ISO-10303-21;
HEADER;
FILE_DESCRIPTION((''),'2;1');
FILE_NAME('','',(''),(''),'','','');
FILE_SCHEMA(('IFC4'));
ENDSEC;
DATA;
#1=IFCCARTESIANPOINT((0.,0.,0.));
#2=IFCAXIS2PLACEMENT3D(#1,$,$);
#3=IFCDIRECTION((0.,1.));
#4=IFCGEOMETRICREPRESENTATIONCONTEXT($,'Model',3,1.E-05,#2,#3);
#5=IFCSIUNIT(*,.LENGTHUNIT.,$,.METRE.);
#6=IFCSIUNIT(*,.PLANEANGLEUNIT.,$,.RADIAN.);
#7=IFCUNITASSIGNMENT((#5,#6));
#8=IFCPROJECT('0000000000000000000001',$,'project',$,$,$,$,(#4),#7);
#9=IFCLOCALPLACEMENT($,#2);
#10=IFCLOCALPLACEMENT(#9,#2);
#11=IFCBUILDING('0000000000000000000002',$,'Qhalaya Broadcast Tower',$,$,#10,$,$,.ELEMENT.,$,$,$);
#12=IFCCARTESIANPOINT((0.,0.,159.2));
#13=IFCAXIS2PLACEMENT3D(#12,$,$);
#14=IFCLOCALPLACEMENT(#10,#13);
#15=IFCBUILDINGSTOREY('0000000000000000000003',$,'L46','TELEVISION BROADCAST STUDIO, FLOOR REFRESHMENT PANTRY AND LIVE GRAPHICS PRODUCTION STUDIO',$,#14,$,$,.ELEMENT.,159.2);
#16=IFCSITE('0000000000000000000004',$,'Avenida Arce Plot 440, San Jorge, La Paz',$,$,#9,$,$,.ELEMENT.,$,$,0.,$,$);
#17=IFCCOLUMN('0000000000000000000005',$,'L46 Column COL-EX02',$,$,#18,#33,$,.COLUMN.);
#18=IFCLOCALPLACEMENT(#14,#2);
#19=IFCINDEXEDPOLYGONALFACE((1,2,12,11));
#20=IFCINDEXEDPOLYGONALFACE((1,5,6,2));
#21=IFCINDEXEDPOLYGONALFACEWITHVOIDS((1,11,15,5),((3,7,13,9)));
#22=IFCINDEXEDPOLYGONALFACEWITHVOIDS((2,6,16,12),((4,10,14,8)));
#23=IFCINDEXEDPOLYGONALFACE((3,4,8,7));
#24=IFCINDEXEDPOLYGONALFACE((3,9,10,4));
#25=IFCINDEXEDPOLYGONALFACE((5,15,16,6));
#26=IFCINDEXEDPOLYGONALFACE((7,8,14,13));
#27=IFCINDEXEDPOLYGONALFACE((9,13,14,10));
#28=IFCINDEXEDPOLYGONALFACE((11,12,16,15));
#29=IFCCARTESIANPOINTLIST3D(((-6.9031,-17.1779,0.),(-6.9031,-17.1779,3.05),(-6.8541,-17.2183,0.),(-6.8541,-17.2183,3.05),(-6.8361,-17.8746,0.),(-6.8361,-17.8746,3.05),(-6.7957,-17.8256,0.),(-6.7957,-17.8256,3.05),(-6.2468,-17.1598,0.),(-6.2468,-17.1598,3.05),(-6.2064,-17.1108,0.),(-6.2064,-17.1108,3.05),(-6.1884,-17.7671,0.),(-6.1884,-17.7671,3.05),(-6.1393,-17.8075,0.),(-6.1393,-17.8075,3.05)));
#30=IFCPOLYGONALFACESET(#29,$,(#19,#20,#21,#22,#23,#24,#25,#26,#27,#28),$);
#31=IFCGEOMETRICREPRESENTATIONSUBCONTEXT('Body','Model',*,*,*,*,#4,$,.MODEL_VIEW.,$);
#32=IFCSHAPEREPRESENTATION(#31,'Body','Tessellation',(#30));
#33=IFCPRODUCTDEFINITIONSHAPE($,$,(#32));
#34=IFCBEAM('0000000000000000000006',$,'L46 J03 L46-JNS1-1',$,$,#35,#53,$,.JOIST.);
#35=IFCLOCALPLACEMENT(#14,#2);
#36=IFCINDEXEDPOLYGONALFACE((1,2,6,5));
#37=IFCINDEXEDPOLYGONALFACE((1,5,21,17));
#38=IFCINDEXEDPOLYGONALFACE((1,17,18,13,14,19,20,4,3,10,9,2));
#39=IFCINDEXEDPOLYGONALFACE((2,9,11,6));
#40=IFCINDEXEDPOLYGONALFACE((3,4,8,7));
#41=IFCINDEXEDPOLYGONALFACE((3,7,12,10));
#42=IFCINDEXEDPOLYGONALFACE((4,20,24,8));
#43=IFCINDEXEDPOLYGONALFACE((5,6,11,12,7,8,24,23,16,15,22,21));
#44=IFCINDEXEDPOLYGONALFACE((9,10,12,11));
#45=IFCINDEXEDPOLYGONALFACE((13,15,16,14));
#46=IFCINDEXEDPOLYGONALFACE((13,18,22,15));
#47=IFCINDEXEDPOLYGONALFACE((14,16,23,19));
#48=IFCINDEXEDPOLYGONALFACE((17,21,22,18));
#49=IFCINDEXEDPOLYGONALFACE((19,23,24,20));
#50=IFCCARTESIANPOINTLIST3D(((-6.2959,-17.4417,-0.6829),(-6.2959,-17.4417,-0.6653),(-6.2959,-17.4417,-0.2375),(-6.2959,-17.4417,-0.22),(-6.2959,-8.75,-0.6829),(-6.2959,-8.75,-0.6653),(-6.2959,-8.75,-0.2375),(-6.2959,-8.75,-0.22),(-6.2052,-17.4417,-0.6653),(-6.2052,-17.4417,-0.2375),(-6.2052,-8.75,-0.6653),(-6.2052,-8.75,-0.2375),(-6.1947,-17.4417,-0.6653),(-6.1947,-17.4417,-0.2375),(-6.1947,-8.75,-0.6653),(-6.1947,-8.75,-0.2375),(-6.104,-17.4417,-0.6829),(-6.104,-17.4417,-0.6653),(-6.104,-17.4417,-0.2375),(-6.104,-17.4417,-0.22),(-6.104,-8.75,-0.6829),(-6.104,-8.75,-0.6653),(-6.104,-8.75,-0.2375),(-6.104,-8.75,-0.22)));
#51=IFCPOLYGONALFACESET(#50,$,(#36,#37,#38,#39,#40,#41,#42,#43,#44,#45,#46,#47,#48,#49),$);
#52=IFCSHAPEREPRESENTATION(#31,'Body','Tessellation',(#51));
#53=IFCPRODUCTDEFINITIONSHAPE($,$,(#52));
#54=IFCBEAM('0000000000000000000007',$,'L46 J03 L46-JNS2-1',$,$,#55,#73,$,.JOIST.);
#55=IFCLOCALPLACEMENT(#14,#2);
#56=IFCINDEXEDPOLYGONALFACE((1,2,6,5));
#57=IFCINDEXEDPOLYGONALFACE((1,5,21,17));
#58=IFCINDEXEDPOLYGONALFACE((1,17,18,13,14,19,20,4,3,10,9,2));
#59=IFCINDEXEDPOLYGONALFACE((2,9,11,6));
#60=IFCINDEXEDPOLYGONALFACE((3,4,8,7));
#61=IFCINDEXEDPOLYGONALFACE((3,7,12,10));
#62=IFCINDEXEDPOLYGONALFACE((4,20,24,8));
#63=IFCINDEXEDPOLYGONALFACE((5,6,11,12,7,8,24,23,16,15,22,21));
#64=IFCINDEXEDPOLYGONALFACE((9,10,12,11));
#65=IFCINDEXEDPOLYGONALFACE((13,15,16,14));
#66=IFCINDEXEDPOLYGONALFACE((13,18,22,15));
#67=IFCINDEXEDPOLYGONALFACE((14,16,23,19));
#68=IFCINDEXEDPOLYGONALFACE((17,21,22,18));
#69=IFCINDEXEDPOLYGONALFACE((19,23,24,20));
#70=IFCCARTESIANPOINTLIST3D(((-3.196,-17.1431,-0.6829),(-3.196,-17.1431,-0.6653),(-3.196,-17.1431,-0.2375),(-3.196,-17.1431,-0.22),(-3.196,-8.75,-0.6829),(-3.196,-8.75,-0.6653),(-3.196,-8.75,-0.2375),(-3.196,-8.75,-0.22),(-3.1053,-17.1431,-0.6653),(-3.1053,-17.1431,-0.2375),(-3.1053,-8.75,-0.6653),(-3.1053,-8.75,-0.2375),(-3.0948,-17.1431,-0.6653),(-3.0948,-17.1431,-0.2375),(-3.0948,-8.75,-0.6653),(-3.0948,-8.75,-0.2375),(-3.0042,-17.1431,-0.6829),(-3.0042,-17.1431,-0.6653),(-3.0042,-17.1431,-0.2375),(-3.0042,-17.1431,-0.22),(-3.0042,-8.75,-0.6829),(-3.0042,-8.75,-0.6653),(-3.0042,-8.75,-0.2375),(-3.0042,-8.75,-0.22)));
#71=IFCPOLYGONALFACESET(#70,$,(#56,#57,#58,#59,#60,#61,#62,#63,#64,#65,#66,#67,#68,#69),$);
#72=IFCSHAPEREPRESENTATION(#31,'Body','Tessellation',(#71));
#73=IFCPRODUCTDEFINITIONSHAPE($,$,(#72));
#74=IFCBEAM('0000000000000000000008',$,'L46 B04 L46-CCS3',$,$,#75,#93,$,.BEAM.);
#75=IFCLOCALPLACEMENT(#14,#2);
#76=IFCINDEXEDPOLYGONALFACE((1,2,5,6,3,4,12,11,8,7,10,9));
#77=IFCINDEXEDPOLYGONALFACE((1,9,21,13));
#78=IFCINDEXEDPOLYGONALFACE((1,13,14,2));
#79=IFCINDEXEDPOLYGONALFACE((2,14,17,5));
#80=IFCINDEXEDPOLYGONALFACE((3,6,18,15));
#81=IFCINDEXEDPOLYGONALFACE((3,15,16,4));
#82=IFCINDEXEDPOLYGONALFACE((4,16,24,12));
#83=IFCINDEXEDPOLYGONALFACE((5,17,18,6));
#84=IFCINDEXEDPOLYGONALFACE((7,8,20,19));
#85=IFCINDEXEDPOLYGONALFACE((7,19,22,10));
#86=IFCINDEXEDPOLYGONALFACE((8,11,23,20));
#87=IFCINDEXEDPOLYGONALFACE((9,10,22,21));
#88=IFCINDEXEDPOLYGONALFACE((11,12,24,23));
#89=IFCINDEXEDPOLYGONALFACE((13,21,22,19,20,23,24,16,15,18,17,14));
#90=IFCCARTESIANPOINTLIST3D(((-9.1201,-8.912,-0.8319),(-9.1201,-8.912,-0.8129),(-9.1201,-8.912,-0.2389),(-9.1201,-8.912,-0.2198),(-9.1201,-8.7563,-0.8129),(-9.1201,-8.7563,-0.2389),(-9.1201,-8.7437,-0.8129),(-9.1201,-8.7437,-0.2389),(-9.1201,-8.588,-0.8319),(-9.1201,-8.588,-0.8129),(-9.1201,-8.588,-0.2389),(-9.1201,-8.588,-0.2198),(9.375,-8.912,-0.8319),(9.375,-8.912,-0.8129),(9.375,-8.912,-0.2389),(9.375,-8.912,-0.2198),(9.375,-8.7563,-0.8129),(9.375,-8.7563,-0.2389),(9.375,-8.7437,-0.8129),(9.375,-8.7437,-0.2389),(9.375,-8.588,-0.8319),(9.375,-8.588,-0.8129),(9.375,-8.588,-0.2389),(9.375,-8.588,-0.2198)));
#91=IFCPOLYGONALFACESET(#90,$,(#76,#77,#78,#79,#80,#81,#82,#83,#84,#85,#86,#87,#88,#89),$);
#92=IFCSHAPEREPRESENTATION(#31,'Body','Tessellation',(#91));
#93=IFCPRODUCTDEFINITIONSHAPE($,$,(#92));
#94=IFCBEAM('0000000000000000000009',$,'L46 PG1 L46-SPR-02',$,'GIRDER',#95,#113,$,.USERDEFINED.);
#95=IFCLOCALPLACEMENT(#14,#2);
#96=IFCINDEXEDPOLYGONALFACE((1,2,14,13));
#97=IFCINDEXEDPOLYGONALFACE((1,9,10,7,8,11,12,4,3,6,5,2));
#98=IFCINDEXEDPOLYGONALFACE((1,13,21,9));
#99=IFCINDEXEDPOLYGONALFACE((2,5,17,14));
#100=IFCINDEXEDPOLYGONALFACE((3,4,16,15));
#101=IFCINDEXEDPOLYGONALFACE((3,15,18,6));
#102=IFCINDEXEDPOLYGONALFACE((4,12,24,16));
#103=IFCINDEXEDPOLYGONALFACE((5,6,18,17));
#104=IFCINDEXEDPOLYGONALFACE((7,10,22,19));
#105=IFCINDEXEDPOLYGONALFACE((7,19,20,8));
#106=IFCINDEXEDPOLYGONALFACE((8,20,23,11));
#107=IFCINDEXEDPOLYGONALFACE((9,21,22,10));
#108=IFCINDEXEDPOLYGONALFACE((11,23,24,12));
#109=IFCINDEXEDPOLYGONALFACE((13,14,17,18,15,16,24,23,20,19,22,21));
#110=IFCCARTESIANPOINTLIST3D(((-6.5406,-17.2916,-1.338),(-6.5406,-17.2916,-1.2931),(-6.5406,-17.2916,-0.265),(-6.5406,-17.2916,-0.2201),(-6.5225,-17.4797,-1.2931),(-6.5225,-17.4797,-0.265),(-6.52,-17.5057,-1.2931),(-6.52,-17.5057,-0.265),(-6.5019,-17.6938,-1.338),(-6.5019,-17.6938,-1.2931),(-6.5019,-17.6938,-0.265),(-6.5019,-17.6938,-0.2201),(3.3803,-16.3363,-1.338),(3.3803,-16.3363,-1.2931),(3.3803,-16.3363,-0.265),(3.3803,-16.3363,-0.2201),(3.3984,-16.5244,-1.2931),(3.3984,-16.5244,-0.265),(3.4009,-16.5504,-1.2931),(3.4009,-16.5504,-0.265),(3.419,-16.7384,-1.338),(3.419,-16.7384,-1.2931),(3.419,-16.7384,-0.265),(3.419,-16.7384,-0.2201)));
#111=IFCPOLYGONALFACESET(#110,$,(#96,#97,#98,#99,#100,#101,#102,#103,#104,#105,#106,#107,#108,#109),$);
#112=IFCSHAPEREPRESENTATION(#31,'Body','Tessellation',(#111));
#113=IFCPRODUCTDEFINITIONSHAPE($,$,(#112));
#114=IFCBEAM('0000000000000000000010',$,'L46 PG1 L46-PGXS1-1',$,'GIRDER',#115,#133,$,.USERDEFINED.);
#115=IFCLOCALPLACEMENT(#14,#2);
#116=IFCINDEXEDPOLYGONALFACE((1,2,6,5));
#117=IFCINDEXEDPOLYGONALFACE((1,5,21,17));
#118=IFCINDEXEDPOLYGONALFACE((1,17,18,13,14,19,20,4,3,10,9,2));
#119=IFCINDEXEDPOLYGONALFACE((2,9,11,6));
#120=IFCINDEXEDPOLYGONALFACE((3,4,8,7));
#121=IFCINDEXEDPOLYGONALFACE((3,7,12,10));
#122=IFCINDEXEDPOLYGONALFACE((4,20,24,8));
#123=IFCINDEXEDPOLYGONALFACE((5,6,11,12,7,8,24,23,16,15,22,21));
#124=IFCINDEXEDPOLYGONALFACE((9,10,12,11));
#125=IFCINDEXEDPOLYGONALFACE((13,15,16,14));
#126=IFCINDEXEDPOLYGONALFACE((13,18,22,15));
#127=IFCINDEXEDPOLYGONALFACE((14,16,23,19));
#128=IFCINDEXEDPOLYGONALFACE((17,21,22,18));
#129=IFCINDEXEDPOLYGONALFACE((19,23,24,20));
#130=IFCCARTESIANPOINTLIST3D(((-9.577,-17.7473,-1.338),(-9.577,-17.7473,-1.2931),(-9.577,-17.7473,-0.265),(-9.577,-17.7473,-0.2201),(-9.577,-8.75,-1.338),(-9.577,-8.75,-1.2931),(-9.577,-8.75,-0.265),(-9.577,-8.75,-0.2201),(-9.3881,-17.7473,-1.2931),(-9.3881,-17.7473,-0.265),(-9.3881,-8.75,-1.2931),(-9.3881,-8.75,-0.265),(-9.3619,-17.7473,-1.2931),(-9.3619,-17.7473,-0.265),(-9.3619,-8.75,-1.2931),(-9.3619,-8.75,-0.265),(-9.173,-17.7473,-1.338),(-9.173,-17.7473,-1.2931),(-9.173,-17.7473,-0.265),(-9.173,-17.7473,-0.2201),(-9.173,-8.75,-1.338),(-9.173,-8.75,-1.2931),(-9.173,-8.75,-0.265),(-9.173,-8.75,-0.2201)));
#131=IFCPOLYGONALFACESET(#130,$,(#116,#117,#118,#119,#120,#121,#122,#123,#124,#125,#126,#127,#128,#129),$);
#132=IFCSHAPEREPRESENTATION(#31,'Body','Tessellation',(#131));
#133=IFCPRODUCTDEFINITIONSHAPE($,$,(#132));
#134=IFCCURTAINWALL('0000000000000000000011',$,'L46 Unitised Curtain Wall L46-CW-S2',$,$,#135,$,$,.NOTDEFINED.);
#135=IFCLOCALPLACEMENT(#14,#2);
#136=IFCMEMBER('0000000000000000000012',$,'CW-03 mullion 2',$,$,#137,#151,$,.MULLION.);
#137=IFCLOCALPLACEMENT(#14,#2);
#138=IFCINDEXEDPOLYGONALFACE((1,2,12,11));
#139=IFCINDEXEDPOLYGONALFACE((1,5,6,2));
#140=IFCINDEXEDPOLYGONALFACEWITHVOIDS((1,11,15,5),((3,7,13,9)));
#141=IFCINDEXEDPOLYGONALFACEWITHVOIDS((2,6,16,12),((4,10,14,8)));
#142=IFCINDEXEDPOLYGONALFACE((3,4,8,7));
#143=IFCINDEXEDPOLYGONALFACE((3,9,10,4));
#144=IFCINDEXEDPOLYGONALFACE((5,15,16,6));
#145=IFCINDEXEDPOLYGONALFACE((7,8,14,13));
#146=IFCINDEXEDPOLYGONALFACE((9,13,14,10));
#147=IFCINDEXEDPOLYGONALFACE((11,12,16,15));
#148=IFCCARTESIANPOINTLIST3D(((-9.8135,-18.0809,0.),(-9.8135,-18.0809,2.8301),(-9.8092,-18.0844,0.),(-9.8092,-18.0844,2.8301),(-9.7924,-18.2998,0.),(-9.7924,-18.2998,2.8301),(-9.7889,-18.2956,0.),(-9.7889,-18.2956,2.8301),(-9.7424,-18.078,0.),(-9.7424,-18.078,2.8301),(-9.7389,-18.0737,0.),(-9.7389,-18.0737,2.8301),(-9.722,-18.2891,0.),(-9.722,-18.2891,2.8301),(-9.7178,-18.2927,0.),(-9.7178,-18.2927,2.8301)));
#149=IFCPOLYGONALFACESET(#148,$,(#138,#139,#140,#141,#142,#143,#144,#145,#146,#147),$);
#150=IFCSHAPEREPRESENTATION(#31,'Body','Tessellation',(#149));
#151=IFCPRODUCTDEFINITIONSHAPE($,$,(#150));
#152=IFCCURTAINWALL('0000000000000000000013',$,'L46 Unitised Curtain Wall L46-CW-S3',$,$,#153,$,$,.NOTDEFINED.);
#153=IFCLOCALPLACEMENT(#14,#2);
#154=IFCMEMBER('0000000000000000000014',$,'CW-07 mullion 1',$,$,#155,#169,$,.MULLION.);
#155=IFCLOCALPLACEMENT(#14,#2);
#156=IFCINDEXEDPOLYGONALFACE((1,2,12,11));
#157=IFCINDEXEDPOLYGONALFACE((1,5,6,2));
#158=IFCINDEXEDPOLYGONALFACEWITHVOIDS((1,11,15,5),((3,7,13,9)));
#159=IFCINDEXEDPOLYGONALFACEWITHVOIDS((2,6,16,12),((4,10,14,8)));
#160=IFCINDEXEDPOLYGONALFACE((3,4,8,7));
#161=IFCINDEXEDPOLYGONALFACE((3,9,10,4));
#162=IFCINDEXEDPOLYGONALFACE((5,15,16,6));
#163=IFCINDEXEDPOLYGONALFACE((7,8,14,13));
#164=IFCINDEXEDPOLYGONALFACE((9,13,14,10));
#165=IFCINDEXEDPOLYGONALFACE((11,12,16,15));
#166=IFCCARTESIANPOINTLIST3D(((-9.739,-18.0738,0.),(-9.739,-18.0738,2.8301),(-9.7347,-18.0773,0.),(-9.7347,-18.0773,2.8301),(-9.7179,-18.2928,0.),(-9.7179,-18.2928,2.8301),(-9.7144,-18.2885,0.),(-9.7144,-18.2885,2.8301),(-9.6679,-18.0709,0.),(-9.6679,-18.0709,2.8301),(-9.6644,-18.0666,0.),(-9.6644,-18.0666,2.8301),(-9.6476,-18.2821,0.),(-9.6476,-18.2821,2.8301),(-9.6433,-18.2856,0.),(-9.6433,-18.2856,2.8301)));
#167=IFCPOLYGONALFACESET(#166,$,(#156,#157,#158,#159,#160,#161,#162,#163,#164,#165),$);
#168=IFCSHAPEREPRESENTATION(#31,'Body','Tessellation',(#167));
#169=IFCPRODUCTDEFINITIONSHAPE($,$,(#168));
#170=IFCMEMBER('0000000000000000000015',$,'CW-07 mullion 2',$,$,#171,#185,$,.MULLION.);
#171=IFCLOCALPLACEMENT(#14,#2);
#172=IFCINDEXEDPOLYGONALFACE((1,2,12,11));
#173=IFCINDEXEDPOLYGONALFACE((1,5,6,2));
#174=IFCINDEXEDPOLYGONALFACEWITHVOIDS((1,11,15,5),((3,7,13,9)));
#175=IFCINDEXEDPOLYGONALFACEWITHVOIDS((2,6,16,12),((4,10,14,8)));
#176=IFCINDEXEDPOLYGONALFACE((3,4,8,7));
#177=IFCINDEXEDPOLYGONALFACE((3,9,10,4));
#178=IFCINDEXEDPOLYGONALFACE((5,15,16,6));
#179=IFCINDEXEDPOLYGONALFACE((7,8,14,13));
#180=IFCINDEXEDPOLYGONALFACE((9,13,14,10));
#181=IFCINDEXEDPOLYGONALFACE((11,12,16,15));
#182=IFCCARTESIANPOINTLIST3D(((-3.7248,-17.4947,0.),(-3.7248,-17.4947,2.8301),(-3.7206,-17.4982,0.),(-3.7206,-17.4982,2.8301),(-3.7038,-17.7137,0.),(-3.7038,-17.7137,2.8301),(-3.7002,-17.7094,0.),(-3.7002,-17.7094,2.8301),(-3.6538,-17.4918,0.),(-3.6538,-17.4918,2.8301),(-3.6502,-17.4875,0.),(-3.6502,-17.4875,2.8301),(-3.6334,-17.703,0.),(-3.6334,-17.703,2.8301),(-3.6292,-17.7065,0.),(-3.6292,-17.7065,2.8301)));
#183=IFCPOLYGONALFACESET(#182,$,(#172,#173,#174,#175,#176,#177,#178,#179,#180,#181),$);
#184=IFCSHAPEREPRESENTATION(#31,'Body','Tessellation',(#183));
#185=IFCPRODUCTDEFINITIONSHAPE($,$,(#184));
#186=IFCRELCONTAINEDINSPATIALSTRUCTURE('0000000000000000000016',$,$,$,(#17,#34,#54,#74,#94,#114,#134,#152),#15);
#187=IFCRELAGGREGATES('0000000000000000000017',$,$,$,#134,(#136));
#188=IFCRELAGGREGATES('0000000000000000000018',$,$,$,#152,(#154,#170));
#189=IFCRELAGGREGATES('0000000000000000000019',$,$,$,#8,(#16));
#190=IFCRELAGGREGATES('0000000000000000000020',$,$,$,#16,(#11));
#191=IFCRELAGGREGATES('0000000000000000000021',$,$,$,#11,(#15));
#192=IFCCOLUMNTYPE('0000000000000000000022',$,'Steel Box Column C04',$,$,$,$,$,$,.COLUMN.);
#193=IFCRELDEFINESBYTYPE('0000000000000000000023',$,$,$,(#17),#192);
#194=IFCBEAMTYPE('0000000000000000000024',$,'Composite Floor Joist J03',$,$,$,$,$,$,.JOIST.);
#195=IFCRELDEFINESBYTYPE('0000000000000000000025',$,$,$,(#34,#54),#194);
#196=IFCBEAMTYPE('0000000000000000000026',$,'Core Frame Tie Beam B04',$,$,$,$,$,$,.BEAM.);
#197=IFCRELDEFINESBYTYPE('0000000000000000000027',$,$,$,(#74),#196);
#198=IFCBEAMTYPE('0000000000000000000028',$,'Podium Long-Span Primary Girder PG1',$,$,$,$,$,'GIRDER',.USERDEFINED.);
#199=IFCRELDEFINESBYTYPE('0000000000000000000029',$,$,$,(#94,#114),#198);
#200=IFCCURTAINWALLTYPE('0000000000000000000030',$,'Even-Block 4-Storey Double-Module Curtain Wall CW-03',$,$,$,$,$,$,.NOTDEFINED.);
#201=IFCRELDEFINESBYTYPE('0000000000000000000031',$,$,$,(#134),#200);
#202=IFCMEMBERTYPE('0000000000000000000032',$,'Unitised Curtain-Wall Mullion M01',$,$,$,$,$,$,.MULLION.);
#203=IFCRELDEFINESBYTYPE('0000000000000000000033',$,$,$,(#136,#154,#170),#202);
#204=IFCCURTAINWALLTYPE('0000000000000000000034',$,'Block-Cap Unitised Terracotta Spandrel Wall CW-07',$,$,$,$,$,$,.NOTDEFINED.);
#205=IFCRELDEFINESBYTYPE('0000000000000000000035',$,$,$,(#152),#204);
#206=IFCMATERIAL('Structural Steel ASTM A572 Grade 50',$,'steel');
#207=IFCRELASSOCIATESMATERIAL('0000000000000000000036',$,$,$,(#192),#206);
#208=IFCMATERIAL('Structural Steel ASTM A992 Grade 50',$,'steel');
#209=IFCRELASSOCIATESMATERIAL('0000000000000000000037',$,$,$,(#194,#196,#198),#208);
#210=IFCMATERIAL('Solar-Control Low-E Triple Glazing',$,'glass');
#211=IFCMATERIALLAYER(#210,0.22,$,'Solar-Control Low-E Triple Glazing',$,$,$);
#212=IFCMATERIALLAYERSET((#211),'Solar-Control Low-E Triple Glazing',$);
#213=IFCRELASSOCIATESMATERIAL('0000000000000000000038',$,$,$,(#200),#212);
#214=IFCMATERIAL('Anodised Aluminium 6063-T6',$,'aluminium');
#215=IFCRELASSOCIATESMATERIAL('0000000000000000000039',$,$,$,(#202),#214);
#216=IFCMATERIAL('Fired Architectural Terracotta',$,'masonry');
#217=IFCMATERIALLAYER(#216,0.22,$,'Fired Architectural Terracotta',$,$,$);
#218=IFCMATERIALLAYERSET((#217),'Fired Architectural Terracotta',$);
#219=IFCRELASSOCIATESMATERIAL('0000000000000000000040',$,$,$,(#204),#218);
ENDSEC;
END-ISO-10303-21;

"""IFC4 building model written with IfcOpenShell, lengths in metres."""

from ifc_helpers import new_model, si_unit, direction, frame, origin, origin_2d, place, context, subcontext, project, spatial, hollow_rectangle, i_section, extrude, material, layer, layer_set, material_profile, profile_set, type_object, element, aggregate, save


model = new_model("IFC4")

# Units and contexts
model_context = context("Model", 3, precision=1e-05, world=origin(), true_north=direction((0.0, 1.0)))
body_context = subcontext(model_context, "Body", "Model", "MODEL_VIEW")
ifc_project = project(units=[si_unit("LENGTHUNIT", "METRE"), si_unit("PLANEANGLEUNIT", "RADIAN")], contexts=[model_context])

# Site, building, storey
site_placement = place(None, origin())
site = spatial("IfcSite", under=ifc_project, at=site_placement, Name="Avenida Arce Plot 440, San Jorge, La Paz", CompositionType="ELEMENT", RefElevation=0.0)
building_placement = place(site_placement, origin())
building = spatial("IfcBuilding", under=site, at=building_placement, Name="Qhalaya Broadcast Tower", CompositionType="ELEMENT")
storey_placement = place(building_placement, frame((0.0, 0.0, 159.2)))
storey = spatial("IfcBuildingStorey", under=building, at=storey_placement, Name="L46", Description="TELEVISION BROADCAST STUDIO, FLOOR REFRESHMENT PANTRY AND LIVE GRAPHICS PRODUCTION STUDIO", CompositionType="ELEMENT", Elevation=159.2)

# Column
ifc_material_1 = material(Name="Structural Steel ASTM A572 Grade 50", Category="steel")
ifc_material_profile_1 = material_profile(ifc_material_1, hollow_rectangle(XDim=0.7, YDim=0.7, WallThickness=0.0449, at=origin_2d()), Name="BOX 700x700x45")
ifc_profile_set_1 = profile_set([ifc_material_profile_1], Name="Structural Steel ASTM A572 Grade 50")
column_type = type_object("IfcColumnType", Name="Steel Box Column C04", PredefinedType="COLUMN", material=ifc_profile_set_1)
column_placement = place(storey_placement, frame((-6.5212, -17.4927, 0.0), z_axis=(0.0, 0.0, 1.0), x_axis=(0.995396, 0.095846, 0.0)))
element("IfcColumn", 1, at=column_placement, inside=storey, type_object=column_type, Name="L46 Column COL-EX02", PredefinedType="COLUMN", context=body_context, shape_type="SweptSolid", body=[
    extrude(hollow_rectangle(XDim=0.7, YDim=0.7, WallThickness=0.0449, at=origin_2d()), origin(), (0.0, 0.0, 1.0), 3.05),
])

# Beams
ifc_material_2 = material(Name="Structural Steel ASTM A992 Grade 50", Category="steel")
ifc_material_profile_2 = material_profile(ifc_material_2, i_section(OverallWidth=0.1919, OverallDepth=0.4629, WebThickness=0.0105, FlangeThickness=0.0176, at=origin_2d()), Name="W18X60")
ifc_profile_set_2 = profile_set([ifc_material_profile_2], Name="Structural Steel ASTM A992 Grade 50")
beam_type_1 = type_object("IfcBeamType", Name="Composite Floor Joist J03", PredefinedType="JOIST", material=ifc_profile_set_2)
beam_1_placement = place(storey_placement, frame((-6.2, -17.4417, -0.4514), z_axis=(0.0, 1.0, 0.0), x_axis=(-1.0, 0.0, 0.0)))
element("IfcBeam", 2, at=beam_1_placement, inside=storey, type_object=beam_type_1, Name="L46 J03 L46-JNS1-1", PredefinedType="JOIST", context=body_context, shape_type="SweptSolid", body=[
    extrude(i_section(OverallWidth=0.1919, OverallDepth=0.4629, WebThickness=0.0105, FlangeThickness=0.0176, at=origin_2d()), origin(), (0.0, 0.0, 1.0), 8.6917),
])
beam_2_placement = place(storey_placement, frame((-3.1001, -17.1431, -0.4514), z_axis=(0.0, 1.0, 0.0), x_axis=(-1.0, 0.0, 0.0)))
element("IfcBeam", 3, at=beam_2_placement, inside=storey, type_object=beam_type_1, Name="L46 J03 L46-JNS2-1", PredefinedType="JOIST", context=body_context, shape_type="SweptSolid", body=[
    extrude(i_section(OverallWidth=0.1919, OverallDepth=0.4629, WebThickness=0.0105, FlangeThickness=0.0176, at=origin_2d()), origin(), (0.0, 0.0, 1.0), 8.3931),
])
ifc_material_profile_3 = material_profile(ifc_material_2, i_section(OverallWidth=0.324, OverallDepth=0.6121, WebThickness=0.0127, FlangeThickness=0.019, at=origin_2d()), Name="W24X104")
ifc_profile_set_3 = profile_set([ifc_material_profile_3], Name="Structural Steel ASTM A992 Grade 50")
beam_type_2 = type_object("IfcBeamType", Name="Core Frame Tie Beam B04", PredefinedType="BEAM", material=ifc_profile_set_3)
beam_3_placement = place(storey_placement, frame((-9.1201, -8.75, -0.5259), z_axis=(1.0, 0.0, 0.0), x_axis=(0.0, 1.0, 0.0)))
element("IfcBeam", 4, at=beam_3_placement, inside=storey, type_object=beam_type_2, Name="L46 B04 L46-CCS3", PredefinedType="BEAM", context=body_context, shape_type="SweptSolid", body=[
    extrude(i_section(OverallWidth=0.324, OverallDepth=0.6121, WebThickness=0.0127, FlangeThickness=0.019, at=origin_2d()), origin(), (0.0, 0.0, 1.0), 18.4951),
])
ifc_material_profile_4 = material_profile(ifc_material_2, i_section(OverallWidth=0.4041, OverallDepth=1.1179, WebThickness=0.0261, FlangeThickness=0.0449, at=origin_2d()), Name="W44X335")
ifc_profile_set_4 = profile_set([ifc_material_profile_4], Name="Structural Steel ASTM A992 Grade 50")
beam_type_3 = type_object("IfcBeamType", Name="Podium Long-Span Primary Girder PG1", ElementType="GIRDER", PredefinedType="USERDEFINED", material=ifc_profile_set_4)
beam_4_placement = place(storey_placement, frame((-6.5212, -17.4927, -0.7791), z_axis=(0.995396, 0.095851, 0.0), x_axis=(-0.095851, 0.995396, 0.0)))
element("IfcBeam", 5, at=beam_4_placement, inside=storey, type_object=beam_type_3, Name="L46 PG1 L46-SPR-02", ObjectType="GIRDER", PredefinedType="USERDEFINED", context=body_context, shape_type="SweptSolid", body=[
    extrude(i_section(OverallWidth=0.4041, OverallDepth=1.1179, WebThickness=0.0261, FlangeThickness=0.0449, at=origin_2d()), origin(), (0.0, 0.0, 1.0), 9.9668),
])
beam_5_placement = place(storey_placement, frame((-9.375, -17.7473, -0.7791), z_axis=(0.0, 1.0, 0.0), x_axis=(-1.0, 0.0, 0.0)))
element("IfcBeam", 6, at=beam_5_placement, inside=storey, type_object=beam_type_3, Name="L46 PG1 L46-PGXS1-1", ObjectType="GIRDER", PredefinedType="USERDEFINED", context=body_context, shape_type="SweptSolid", body=[
    extrude(i_section(OverallWidth=0.4041, OverallDepth=1.1179, WebThickness=0.0261, FlangeThickness=0.0449, at=origin_2d()), origin(), (0.0, 0.0, 1.0), 8.9973),
])

# Curtain wall, member
ifc_material_3 = material(Name="Solar-Control Low-E Triple Glazing", Category="glass")
ifc_layer_1 = layer(ifc_material_3, 0.22, Name="Solar-Control Low-E Triple Glazing")
ifc_layer_set_1 = layer_set([ifc_layer_1], Name="Solar-Control Low-E Triple Glazing")
curtain_wall_type_1 = type_object("IfcCurtainWallType", Name="Even-Block 4-Storey Double-Module Curtain Wall CW-03", PredefinedType="NOTDEFINED", material=ifc_layer_set_1)
curtain_wall_1_placement = place(storey_placement, origin())
curtain_wall_1 = element("IfcCurtainWall", 7, at=curtain_wall_1_placement, inside=storey, type_object=curtain_wall_type_1, Name="L46 Unitised Curtain Wall L46-CW-S2", PredefinedType="NOTDEFINED")
ifc_material_4 = material(Name="Anodised Aluminium 6063-T6", Category="aluminium")
ifc_material_profile_5 = material_profile(ifc_material_4, hollow_rectangle(XDim=0.075, YDim=0.22, WallThickness=0.0039, at=origin_2d()), Name="ALU-MUL 75x220x4")
ifc_profile_set_5 = profile_set([ifc_material_profile_5], Name="Anodised Aluminium 6063-T6")
member_type_1 = type_object("IfcMemberType", Name="Unitised Curtain-Wall Mullion M01", PredefinedType="MULLION", material=ifc_profile_set_5)
member_1_placement = place(storey_placement, frame((-9.7656, -18.1868, 0.0), z_axis=(0.0, 0.0, 1.0), x_axis=(0.995397, 0.095836, 0.0)))
member_1 = element("IfcMember", 8, at=member_1_placement, type_object=member_type_1, Name="CW-03 mullion 2", PredefinedType="MULLION", context=body_context, shape_type="SweptSolid", body=[
    extrude(hollow_rectangle(XDim=0.075, YDim=0.22, WallThickness=0.0039, at=origin_2d()), origin(), (0.0, 0.0, 1.0), 2.8301),
])
aggregate(curtain_wall_1, [member_1])

# Curtain wall, members
ifc_material_5 = material(Name="Fired Architectural Terracotta", Category="masonry")
ifc_layer_2 = layer(ifc_material_5, 0.22, Name="Fired Architectural Terracotta")
ifc_layer_set_2 = layer_set([ifc_layer_2], Name="Fired Architectural Terracotta")
curtain_wall_type_2 = type_object("IfcCurtainWallType", Name="Block-Cap Unitised Terracotta Spandrel Wall CW-07", PredefinedType="NOTDEFINED", material=ifc_layer_set_2)
curtain_wall_2_placement = place(storey_placement, origin())
curtain_wall_2 = element("IfcCurtainWall", 9, at=curtain_wall_2_placement, inside=storey, type_object=curtain_wall_type_2, Name="L46 Unitised Curtain Wall L46-CW-S3", PredefinedType="NOTDEFINED")
member_2_placement = place(storey_placement, frame((-9.6912, -18.1797, 0.0), z_axis=(0.0, 0.0, 1.0), x_axis=(0.995396, 0.095848, 0.0)))
member_2 = element("IfcMember", 10, at=member_2_placement, type_object=member_type_1, Name="CW-07 mullion 1", PredefinedType="MULLION", context=body_context, shape_type="SweptSolid", body=[
    extrude(hollow_rectangle(XDim=0.075, YDim=0.22, WallThickness=0.0039, at=origin_2d()), origin(), (0.0, 0.0, 1.0), 2.8301),
])
member_3_placement = place(storey_placement, frame((-3.677, -17.6006, 0.0), z_axis=(0.0, 0.0, 1.0), x_axis=(0.995396, 0.095848, 0.0)))
member_3 = element("IfcMember", 11, at=member_3_placement, type_object=member_type_1, Name="CW-07 mullion 2", PredefinedType="MULLION", context=body_context, shape_type="SweptSolid", body=[
    extrude(hollow_rectangle(XDim=0.075, YDim=0.22, WallThickness=0.0039, at=origin_2d()), origin(), (0.0, 0.0, 1.0), 2.8301),
])

aggregate(curtain_wall_2, [member_2, member_3])

save(model, "model.ifc")
